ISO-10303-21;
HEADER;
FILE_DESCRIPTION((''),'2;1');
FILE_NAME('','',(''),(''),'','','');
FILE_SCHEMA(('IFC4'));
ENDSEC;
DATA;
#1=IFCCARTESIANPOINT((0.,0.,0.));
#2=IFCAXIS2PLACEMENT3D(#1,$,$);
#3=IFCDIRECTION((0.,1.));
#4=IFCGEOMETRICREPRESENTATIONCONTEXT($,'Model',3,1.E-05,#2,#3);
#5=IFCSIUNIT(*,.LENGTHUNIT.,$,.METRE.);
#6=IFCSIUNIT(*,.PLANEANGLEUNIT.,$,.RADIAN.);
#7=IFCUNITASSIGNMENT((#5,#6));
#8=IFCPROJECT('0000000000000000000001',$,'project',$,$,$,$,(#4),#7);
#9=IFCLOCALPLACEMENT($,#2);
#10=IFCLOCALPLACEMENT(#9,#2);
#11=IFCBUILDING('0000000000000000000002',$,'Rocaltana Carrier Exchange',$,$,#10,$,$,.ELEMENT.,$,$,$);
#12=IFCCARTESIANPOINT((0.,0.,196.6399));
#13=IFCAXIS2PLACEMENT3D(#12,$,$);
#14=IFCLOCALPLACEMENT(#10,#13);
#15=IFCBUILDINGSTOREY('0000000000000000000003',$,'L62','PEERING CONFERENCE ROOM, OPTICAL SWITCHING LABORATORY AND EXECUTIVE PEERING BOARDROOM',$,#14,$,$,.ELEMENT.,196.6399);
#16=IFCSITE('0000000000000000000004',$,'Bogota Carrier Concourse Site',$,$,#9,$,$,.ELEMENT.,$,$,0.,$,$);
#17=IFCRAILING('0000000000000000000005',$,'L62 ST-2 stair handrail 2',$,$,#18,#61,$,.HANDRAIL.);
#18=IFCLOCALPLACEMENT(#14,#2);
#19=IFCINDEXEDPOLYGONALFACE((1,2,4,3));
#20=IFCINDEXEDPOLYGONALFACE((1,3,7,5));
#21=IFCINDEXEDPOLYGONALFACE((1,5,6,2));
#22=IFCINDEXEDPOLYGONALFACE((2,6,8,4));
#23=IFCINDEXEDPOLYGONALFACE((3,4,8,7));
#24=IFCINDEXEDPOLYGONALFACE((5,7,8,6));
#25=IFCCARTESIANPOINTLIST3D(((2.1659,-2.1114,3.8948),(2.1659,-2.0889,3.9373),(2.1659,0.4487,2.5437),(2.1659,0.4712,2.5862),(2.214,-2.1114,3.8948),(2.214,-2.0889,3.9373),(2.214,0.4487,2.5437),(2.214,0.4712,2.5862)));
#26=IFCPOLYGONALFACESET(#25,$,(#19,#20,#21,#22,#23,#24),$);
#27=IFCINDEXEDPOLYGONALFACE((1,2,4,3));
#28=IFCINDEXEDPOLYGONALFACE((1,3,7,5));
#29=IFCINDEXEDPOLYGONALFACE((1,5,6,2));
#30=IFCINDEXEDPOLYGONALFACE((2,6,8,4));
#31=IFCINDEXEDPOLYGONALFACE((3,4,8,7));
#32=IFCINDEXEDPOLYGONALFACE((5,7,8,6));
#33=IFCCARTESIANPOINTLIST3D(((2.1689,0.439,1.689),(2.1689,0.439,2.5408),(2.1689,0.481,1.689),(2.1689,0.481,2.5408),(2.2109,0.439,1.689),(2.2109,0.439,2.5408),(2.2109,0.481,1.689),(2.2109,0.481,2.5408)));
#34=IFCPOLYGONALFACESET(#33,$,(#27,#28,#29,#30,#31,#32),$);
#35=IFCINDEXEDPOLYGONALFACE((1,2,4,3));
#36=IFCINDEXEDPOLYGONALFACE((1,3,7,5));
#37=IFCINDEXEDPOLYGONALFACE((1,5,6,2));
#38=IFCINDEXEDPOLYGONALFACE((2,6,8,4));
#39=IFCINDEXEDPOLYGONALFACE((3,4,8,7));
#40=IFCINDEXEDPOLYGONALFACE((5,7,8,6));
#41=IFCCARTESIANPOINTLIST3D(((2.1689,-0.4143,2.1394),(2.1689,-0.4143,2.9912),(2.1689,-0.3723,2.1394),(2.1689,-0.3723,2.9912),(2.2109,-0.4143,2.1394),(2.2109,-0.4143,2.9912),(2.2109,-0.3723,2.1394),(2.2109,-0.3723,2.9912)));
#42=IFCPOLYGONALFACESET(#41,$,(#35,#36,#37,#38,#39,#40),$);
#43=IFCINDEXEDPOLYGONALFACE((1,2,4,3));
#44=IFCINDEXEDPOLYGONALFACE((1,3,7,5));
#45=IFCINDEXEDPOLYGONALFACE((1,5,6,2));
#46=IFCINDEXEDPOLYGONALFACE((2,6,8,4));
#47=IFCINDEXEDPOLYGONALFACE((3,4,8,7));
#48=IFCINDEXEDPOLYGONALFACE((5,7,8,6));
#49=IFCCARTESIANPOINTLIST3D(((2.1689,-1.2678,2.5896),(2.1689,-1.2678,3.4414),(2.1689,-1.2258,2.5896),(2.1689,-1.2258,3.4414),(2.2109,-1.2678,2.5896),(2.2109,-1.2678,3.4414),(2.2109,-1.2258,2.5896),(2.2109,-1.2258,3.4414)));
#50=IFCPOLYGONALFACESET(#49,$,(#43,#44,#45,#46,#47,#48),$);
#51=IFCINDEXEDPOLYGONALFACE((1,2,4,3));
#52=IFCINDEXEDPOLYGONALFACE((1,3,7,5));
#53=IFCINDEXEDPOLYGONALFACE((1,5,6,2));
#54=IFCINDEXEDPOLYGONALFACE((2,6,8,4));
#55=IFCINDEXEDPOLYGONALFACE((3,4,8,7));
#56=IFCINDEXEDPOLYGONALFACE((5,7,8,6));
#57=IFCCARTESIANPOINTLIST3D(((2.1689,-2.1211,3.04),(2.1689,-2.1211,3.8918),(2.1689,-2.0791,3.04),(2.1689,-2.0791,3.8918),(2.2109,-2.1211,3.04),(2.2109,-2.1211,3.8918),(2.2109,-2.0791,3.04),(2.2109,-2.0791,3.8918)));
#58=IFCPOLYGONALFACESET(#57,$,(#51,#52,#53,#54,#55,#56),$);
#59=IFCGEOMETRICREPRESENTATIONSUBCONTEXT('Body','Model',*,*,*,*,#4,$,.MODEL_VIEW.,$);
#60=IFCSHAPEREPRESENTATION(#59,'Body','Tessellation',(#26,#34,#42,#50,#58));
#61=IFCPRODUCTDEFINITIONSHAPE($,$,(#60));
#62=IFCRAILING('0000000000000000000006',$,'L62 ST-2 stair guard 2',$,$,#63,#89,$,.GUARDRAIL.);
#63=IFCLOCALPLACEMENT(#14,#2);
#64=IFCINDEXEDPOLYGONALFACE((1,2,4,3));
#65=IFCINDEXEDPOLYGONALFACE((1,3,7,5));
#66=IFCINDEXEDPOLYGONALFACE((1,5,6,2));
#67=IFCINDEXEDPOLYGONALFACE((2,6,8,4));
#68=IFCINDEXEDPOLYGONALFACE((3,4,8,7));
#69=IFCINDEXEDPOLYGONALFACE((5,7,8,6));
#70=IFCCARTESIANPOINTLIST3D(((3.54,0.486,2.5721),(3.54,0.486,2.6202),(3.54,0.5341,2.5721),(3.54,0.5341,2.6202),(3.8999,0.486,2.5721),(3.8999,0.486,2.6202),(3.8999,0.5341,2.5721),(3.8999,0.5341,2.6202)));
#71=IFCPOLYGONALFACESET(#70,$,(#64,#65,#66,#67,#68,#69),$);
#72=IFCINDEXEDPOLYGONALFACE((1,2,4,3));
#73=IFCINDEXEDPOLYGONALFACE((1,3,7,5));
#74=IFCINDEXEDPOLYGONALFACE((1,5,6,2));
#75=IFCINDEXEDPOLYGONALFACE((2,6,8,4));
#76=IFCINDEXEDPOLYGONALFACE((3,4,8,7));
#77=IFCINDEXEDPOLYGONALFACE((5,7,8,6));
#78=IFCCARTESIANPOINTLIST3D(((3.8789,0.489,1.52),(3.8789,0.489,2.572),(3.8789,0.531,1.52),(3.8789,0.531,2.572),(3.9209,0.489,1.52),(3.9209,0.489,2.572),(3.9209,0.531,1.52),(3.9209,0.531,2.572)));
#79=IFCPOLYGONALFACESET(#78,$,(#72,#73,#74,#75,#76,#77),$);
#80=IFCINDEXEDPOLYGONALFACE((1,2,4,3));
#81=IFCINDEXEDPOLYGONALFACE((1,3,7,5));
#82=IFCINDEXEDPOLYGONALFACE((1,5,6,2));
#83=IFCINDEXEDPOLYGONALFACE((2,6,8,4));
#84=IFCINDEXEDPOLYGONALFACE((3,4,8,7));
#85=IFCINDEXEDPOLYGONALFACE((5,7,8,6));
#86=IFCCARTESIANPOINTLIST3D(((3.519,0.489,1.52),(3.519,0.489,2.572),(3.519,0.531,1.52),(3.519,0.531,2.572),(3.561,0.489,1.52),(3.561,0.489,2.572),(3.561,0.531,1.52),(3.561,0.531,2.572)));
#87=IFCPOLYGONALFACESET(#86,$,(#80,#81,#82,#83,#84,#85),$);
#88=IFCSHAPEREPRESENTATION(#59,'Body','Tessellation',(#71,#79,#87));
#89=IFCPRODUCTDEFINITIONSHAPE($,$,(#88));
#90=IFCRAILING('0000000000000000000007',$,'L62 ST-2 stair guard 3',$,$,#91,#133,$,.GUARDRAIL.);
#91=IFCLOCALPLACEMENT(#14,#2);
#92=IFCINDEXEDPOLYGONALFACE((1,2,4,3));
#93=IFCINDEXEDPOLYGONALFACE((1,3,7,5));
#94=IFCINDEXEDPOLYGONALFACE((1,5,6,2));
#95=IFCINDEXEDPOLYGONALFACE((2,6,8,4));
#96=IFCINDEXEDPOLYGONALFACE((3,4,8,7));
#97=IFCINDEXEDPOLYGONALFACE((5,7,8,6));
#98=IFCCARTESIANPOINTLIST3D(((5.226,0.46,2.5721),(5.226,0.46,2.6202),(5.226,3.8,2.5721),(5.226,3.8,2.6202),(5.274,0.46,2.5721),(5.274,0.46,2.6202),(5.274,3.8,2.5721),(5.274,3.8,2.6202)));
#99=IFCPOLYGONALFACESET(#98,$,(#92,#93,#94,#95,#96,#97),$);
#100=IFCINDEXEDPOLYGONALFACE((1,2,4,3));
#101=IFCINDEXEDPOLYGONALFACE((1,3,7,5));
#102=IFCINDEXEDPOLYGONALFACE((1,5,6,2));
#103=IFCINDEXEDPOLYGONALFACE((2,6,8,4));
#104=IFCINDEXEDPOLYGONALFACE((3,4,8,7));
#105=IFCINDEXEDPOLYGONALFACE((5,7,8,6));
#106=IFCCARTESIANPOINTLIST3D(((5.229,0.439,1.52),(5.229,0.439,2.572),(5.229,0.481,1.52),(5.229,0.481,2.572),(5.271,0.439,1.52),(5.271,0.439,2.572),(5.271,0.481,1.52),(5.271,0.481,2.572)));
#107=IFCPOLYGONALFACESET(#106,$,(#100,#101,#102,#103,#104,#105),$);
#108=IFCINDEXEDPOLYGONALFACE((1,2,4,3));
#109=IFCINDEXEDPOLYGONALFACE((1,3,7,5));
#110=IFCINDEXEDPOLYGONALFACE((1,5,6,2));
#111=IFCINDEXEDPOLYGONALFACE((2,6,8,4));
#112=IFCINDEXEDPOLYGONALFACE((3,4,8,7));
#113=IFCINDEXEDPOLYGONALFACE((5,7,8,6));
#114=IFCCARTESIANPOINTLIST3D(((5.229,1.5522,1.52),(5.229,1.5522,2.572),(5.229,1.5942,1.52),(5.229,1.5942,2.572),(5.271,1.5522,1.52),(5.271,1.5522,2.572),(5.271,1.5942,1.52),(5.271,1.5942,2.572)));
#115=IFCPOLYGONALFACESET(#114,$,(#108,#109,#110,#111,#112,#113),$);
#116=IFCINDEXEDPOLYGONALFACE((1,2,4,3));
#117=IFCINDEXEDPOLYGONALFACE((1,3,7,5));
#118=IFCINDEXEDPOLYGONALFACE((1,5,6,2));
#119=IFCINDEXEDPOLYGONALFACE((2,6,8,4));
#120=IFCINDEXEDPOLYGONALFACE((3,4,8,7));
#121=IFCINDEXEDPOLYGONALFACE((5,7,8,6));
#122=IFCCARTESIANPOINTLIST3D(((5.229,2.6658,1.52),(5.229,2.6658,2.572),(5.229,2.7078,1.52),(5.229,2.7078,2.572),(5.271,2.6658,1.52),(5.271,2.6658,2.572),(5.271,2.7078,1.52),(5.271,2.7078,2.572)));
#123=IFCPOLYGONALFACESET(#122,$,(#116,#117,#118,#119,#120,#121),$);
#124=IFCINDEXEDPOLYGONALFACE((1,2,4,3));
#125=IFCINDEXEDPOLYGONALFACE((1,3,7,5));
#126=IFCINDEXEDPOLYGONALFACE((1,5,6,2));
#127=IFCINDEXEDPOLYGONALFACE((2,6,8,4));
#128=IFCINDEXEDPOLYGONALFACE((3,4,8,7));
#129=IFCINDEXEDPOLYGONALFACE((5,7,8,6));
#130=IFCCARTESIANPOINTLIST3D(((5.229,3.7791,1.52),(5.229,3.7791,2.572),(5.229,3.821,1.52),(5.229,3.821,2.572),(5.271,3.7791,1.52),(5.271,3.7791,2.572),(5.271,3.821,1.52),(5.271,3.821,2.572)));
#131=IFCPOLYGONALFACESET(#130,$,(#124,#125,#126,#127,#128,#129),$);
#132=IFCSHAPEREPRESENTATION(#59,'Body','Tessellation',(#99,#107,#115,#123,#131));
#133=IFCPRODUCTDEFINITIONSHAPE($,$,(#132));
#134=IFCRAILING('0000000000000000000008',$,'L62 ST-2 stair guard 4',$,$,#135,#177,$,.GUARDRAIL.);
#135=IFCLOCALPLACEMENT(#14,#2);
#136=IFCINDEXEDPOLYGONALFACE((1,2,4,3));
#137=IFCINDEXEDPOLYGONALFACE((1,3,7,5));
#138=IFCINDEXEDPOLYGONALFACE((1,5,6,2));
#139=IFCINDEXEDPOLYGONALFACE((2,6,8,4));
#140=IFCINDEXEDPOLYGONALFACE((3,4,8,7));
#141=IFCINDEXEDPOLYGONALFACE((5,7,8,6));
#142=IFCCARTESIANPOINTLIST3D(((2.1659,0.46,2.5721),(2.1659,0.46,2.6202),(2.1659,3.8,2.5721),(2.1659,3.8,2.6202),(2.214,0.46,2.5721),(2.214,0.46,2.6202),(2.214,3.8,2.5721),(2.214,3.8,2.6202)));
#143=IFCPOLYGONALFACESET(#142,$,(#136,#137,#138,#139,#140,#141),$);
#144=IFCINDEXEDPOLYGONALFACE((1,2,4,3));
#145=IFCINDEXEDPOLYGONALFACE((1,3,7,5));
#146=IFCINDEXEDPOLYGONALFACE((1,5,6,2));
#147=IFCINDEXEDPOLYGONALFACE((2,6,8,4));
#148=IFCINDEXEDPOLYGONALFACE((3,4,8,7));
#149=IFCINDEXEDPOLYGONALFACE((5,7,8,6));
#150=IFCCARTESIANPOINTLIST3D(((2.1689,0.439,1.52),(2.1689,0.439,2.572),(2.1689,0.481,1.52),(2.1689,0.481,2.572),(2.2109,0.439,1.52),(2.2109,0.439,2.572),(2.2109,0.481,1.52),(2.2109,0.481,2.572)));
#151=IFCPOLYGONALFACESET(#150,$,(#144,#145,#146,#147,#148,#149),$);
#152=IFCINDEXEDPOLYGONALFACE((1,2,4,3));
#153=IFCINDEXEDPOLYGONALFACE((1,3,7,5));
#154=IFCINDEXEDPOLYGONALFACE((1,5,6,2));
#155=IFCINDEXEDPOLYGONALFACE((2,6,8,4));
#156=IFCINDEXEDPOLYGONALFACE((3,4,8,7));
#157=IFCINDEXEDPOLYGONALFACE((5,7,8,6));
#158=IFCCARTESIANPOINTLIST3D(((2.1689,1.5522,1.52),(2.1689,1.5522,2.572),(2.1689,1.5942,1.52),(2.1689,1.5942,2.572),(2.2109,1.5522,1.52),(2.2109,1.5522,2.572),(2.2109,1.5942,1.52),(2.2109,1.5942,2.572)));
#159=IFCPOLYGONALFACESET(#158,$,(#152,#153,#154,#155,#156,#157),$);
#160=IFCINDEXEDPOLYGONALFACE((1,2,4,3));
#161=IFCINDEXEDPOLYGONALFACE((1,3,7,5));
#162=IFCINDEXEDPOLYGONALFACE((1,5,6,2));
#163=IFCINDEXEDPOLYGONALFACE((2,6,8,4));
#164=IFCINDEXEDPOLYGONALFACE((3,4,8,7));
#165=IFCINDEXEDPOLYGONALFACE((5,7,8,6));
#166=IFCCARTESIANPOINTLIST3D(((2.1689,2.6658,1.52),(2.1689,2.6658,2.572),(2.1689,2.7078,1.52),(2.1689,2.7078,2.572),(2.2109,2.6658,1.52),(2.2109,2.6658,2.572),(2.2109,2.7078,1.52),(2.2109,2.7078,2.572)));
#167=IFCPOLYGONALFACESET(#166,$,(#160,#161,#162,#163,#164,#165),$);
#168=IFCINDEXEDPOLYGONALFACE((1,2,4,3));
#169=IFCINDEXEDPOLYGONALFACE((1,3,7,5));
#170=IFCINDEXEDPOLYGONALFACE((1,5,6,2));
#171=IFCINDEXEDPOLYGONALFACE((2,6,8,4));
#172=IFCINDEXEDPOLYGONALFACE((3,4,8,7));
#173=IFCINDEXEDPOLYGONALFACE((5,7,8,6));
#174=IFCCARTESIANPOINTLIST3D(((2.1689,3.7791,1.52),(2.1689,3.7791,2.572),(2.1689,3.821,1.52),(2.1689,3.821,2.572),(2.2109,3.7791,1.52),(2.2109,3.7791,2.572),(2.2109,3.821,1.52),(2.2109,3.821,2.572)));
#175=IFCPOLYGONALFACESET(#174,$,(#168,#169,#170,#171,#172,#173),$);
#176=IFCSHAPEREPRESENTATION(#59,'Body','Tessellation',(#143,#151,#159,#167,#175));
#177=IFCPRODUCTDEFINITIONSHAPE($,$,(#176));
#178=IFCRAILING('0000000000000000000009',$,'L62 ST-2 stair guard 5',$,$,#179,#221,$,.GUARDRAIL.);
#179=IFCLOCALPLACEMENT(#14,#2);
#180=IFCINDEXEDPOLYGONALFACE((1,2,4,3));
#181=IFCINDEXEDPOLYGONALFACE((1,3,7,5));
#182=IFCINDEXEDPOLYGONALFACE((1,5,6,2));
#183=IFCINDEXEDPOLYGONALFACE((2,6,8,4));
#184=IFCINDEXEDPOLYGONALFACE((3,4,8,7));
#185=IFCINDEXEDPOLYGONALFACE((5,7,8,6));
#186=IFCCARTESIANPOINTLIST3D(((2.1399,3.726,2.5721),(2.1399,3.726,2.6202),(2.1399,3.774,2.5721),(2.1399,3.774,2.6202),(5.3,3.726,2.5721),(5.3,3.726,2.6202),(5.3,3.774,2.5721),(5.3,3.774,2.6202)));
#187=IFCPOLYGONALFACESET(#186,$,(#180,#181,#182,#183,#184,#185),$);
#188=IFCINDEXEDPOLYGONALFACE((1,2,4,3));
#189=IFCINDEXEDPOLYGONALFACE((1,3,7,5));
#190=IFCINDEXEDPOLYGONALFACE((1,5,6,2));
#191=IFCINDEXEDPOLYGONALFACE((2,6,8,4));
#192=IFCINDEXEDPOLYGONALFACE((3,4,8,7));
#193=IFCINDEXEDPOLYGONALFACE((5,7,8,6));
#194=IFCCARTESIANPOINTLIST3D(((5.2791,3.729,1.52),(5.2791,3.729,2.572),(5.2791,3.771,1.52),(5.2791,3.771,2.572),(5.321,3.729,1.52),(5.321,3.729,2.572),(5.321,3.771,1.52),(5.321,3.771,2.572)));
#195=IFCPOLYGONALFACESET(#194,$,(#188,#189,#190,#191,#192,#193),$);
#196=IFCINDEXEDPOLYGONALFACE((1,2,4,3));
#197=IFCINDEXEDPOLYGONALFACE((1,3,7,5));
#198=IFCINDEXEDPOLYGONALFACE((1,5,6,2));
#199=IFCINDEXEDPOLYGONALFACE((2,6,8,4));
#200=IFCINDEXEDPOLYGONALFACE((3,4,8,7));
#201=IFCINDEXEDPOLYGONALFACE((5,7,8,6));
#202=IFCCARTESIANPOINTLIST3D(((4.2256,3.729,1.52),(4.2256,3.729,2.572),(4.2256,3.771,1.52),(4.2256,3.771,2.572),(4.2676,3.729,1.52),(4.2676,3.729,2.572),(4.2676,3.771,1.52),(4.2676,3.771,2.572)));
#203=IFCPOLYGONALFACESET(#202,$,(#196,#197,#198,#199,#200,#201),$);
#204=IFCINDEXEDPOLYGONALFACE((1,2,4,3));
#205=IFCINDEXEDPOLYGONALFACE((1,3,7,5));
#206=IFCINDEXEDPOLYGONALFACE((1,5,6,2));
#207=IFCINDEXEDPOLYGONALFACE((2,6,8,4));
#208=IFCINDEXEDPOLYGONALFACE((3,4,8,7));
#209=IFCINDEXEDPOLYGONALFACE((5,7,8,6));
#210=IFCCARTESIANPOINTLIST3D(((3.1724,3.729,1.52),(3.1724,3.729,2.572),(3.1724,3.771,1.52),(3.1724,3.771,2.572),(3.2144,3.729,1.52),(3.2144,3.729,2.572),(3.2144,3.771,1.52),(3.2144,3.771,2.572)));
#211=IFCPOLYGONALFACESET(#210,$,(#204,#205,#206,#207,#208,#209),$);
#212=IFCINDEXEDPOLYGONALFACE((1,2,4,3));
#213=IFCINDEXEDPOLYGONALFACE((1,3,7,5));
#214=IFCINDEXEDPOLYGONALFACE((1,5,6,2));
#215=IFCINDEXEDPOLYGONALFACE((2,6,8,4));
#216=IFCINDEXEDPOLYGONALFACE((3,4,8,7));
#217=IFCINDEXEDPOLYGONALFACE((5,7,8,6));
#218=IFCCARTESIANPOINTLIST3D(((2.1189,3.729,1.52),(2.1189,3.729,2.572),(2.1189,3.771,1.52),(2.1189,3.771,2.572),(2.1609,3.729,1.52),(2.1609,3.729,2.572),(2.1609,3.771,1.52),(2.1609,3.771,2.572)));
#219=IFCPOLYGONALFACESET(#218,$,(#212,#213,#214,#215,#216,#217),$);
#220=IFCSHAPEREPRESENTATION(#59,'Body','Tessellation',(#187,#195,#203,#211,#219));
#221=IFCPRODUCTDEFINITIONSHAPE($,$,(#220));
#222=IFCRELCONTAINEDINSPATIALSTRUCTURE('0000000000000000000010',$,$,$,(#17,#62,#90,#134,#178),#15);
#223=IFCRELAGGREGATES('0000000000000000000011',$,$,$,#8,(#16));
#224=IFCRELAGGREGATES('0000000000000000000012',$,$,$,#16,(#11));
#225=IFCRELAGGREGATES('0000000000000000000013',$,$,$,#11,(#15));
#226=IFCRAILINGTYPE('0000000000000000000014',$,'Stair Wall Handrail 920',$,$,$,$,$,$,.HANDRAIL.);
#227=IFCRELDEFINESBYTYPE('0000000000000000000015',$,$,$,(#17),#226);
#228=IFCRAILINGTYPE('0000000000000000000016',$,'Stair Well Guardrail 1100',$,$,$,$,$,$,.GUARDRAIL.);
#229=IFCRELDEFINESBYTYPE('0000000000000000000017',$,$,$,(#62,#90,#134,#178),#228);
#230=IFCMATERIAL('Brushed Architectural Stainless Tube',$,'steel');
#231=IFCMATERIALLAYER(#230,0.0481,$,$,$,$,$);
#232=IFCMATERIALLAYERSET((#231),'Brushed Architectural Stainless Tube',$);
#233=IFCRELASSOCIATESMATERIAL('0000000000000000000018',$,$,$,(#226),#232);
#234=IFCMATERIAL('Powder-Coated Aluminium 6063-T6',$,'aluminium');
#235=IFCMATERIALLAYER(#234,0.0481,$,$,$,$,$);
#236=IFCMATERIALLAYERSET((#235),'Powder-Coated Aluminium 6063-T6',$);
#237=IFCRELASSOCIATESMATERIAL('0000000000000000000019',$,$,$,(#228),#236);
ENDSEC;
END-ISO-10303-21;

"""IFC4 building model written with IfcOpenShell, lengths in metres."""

from ifc_helpers import new_model, si_unit, direction, frame, origin, origin_2d, place, context, subcontext, project, spatial, rectangle, extrude, material, layer, layer_set, type_object, element, save


model = new_model("IFC4")

# Units and contexts
model_context = context("Model", 3, precision=1e-05, world=origin(), true_north=direction((0.0, 1.0)))
body_context = subcontext(model_context, "Body", "Model", "MODEL_VIEW")
ifc_project = project(units=[si_unit("LENGTHUNIT", "METRE"), si_unit("PLANEANGLEUNIT", "RADIAN")], contexts=[model_context])

# Site, building, storey
site_placement = place(None, origin())
site = spatial("IfcSite", under=ifc_project, at=site_placement, Name="Bogota Carrier Concourse Site", CompositionType="ELEMENT", RefElevation=0.0)
building_placement = place(site_placement, origin())
building = spatial("IfcBuilding", under=site, at=building_placement, Name="Rocaltana Carrier Exchange", CompositionType="ELEMENT")
storey_placement = place(building_placement, frame((0.0, 0.0, 196.6399)))
storey = spatial("IfcBuildingStorey", under=building, at=storey_placement, Name="L62", Description="PEERING CONFERENCE ROOM, OPTICAL SWITCHING LABORATORY AND EXECUTIVE PEERING BOARDROOM", CompositionType="ELEMENT", Elevation=196.6399)

# Railings
ifc_material_1 = material(Name="Brushed Architectural Stainless Tube", Category="steel")
ifc_layer_1 = layer(ifc_material_1, 0.0481)
ifc_layer_set_1 = layer_set([ifc_layer_1], Name="Brushed Architectural Stainless Tube")
railing_type_1 = type_object("IfcRailingType", Name="Stair Wall Handrail 920", PredefinedType="HANDRAIL", material=ifc_layer_set_1)
railing_1_placement = place(storey_placement, frame((2.1899, 0.46, 1.689)))
element("IfcRailing", 1, at=railing_1_placement, inside=storey, type_object=railing_type_1, Name="L62 ST-2 stair handrail 2", PredefinedType="HANDRAIL", context=body_context, shape_type="SweptSolid", body=[
    extrude(rectangle(XDim=0.0481, YDim=0.0481, at=origin_2d()), frame((0.0, 0.0, 0.876), z_axis=(0.0, -0.884394, 0.46674), x_axis=(1.0, 0.0, 0.0)), (0.0, 0.0, 1.0), 2.8948),
    extrude(rectangle(XDim=0.042, YDim=0.042, at=origin_2d()), origin(), (0.0, 0.0, 1.0), 0.8518),
    extrude(rectangle(XDim=0.042, YDim=0.042, at=origin_2d()), frame((0.0, -0.8533, 0.4504)), (0.0, 0.0, 1.0), 0.8518),
    extrude(rectangle(XDim=0.042, YDim=0.042, at=origin_2d()), frame((0.0, -1.7068, 0.9006)), (0.0, 0.0, 1.0), 0.8518),
    extrude(rectangle(XDim=0.042, YDim=0.042, at=origin_2d()), frame((0.0, -2.5601, 1.3511)), (0.0, 0.0, 1.0), 0.8518),
])
ifc_material_2 = material(Name="Powder-Coated Aluminium 6063-T6", Category="aluminium")
ifc_layer_2 = layer(ifc_material_2, 0.0481)
ifc_layer_set_2 = layer_set([ifc_layer_2], Name="Powder-Coated Aluminium 6063-T6")
railing_type_2 = type_object("IfcRailingType", Name="Stair Well Guardrail 1100", PredefinedType="GUARDRAIL", material=ifc_layer_set_2)
railing_2_placement = place(storey_placement, frame((3.8999, 0.51, 1.52)))
element("IfcRailing", 2, at=railing_2_placement, inside=storey, type_object=railing_type_2, Name="L62 ST-2 stair guard 2", PredefinedType="GUARDRAIL", context=body_context, shape_type="SweptSolid", body=[
    extrude(rectangle(XDim=0.0481, YDim=0.0481, at=origin_2d()), frame((0.0, 0.0, 1.0762), z_axis=(-1.0, 0.0, 0.0), x_axis=(0.0, -1.0, 0.0)), (0.0, 0.0, 1.0), 0.3599),
    extrude(rectangle(XDim=0.042, YDim=0.042, at=origin_2d()), origin(), (0.0, 0.0, 1.0), 1.052),
    extrude(rectangle(XDim=0.042, YDim=0.042, at=origin_2d()), frame((-0.3599, 0.0, 0.0)), (0.0, 0.0, 1.0), 1.052),
])
for number, where, name in (
    (3, (5.25, 0.46, 1.52), "L62 ST-2 stair guard 3"),
    (4, (2.1899, 0.46, 1.52), "L62 ST-2 stair guard 4"),
):
    element("IfcRailing", number, at=place(storey_placement, frame(where)), inside=storey, type_object=railing_type_2, Name=name, PredefinedType="GUARDRAIL", context=body_context, shape_type="SweptSolid", body=[
        extrude(rectangle(XDim=0.0481, YDim=0.0481, at=origin_2d()), frame((0.0, 0.0, 1.0762), z_axis=(0.0, 1.0, 0.0), x_axis=(-1.0, 0.0, 0.0)), (0.0, 0.0, 1.0), 3.3401),
        extrude(rectangle(XDim=0.042, YDim=0.042, at=origin_2d()), origin(), (0.0, 0.0, 1.0), 1.052),
        extrude(rectangle(XDim=0.042, YDim=0.042, at=origin_2d()), frame((0.0, 1.1133, 0.0)), (0.0, 0.0, 1.0), 1.052),
        extrude(rectangle(XDim=0.042, YDim=0.042, at=origin_2d()), frame((0.0, 2.2268, 0.0)), (0.0, 0.0, 1.0), 1.052),
        extrude(rectangle(XDim=0.042, YDim=0.042, at=origin_2d()), frame((0.0, 3.3401, 0.0)), (0.0, 0.0, 1.0), 1.052),
    ])
railing_3_placement = place(storey_placement, frame((5.3, 3.75, 1.52)))
element("IfcRailing", 5, at=railing_3_placement, inside=storey, type_object=railing_type_2, Name="L62 ST-2 stair guard 5", PredefinedType="GUARDRAIL", context=body_context, shape_type="SweptSolid", body=[
    extrude(rectangle(XDim=0.0481, YDim=0.0481, at=origin_2d()), frame((0.0, 0.0, 1.0762), z_axis=(-1.0, 0.0, 0.0), x_axis=(0.0, -1.0, 0.0)), (0.0, 0.0, 1.0), 3.1602),
    extrude(rectangle(XDim=0.042, YDim=0.042, at=origin_2d()), origin(), (0.0, 0.0, 1.0), 1.052),
    extrude(rectangle(XDim=0.042, YDim=0.042, at=origin_2d()), frame((-1.0535, 0.0, 0.0)), (0.0, 0.0, 1.0), 1.052),
    extrude(rectangle(XDim=0.042, YDim=0.042, at=origin_2d()), frame((-2.1067, 0.0, 0.0)), (0.0, 0.0, 1.0), 1.052),
    extrude(rectangle(XDim=0.042, YDim=0.042, at=origin_2d()), frame((-3.1602, 0.0, 0.0)), (0.0, 0.0, 1.0), 1.052),
])

save(model, "model.ifc")
